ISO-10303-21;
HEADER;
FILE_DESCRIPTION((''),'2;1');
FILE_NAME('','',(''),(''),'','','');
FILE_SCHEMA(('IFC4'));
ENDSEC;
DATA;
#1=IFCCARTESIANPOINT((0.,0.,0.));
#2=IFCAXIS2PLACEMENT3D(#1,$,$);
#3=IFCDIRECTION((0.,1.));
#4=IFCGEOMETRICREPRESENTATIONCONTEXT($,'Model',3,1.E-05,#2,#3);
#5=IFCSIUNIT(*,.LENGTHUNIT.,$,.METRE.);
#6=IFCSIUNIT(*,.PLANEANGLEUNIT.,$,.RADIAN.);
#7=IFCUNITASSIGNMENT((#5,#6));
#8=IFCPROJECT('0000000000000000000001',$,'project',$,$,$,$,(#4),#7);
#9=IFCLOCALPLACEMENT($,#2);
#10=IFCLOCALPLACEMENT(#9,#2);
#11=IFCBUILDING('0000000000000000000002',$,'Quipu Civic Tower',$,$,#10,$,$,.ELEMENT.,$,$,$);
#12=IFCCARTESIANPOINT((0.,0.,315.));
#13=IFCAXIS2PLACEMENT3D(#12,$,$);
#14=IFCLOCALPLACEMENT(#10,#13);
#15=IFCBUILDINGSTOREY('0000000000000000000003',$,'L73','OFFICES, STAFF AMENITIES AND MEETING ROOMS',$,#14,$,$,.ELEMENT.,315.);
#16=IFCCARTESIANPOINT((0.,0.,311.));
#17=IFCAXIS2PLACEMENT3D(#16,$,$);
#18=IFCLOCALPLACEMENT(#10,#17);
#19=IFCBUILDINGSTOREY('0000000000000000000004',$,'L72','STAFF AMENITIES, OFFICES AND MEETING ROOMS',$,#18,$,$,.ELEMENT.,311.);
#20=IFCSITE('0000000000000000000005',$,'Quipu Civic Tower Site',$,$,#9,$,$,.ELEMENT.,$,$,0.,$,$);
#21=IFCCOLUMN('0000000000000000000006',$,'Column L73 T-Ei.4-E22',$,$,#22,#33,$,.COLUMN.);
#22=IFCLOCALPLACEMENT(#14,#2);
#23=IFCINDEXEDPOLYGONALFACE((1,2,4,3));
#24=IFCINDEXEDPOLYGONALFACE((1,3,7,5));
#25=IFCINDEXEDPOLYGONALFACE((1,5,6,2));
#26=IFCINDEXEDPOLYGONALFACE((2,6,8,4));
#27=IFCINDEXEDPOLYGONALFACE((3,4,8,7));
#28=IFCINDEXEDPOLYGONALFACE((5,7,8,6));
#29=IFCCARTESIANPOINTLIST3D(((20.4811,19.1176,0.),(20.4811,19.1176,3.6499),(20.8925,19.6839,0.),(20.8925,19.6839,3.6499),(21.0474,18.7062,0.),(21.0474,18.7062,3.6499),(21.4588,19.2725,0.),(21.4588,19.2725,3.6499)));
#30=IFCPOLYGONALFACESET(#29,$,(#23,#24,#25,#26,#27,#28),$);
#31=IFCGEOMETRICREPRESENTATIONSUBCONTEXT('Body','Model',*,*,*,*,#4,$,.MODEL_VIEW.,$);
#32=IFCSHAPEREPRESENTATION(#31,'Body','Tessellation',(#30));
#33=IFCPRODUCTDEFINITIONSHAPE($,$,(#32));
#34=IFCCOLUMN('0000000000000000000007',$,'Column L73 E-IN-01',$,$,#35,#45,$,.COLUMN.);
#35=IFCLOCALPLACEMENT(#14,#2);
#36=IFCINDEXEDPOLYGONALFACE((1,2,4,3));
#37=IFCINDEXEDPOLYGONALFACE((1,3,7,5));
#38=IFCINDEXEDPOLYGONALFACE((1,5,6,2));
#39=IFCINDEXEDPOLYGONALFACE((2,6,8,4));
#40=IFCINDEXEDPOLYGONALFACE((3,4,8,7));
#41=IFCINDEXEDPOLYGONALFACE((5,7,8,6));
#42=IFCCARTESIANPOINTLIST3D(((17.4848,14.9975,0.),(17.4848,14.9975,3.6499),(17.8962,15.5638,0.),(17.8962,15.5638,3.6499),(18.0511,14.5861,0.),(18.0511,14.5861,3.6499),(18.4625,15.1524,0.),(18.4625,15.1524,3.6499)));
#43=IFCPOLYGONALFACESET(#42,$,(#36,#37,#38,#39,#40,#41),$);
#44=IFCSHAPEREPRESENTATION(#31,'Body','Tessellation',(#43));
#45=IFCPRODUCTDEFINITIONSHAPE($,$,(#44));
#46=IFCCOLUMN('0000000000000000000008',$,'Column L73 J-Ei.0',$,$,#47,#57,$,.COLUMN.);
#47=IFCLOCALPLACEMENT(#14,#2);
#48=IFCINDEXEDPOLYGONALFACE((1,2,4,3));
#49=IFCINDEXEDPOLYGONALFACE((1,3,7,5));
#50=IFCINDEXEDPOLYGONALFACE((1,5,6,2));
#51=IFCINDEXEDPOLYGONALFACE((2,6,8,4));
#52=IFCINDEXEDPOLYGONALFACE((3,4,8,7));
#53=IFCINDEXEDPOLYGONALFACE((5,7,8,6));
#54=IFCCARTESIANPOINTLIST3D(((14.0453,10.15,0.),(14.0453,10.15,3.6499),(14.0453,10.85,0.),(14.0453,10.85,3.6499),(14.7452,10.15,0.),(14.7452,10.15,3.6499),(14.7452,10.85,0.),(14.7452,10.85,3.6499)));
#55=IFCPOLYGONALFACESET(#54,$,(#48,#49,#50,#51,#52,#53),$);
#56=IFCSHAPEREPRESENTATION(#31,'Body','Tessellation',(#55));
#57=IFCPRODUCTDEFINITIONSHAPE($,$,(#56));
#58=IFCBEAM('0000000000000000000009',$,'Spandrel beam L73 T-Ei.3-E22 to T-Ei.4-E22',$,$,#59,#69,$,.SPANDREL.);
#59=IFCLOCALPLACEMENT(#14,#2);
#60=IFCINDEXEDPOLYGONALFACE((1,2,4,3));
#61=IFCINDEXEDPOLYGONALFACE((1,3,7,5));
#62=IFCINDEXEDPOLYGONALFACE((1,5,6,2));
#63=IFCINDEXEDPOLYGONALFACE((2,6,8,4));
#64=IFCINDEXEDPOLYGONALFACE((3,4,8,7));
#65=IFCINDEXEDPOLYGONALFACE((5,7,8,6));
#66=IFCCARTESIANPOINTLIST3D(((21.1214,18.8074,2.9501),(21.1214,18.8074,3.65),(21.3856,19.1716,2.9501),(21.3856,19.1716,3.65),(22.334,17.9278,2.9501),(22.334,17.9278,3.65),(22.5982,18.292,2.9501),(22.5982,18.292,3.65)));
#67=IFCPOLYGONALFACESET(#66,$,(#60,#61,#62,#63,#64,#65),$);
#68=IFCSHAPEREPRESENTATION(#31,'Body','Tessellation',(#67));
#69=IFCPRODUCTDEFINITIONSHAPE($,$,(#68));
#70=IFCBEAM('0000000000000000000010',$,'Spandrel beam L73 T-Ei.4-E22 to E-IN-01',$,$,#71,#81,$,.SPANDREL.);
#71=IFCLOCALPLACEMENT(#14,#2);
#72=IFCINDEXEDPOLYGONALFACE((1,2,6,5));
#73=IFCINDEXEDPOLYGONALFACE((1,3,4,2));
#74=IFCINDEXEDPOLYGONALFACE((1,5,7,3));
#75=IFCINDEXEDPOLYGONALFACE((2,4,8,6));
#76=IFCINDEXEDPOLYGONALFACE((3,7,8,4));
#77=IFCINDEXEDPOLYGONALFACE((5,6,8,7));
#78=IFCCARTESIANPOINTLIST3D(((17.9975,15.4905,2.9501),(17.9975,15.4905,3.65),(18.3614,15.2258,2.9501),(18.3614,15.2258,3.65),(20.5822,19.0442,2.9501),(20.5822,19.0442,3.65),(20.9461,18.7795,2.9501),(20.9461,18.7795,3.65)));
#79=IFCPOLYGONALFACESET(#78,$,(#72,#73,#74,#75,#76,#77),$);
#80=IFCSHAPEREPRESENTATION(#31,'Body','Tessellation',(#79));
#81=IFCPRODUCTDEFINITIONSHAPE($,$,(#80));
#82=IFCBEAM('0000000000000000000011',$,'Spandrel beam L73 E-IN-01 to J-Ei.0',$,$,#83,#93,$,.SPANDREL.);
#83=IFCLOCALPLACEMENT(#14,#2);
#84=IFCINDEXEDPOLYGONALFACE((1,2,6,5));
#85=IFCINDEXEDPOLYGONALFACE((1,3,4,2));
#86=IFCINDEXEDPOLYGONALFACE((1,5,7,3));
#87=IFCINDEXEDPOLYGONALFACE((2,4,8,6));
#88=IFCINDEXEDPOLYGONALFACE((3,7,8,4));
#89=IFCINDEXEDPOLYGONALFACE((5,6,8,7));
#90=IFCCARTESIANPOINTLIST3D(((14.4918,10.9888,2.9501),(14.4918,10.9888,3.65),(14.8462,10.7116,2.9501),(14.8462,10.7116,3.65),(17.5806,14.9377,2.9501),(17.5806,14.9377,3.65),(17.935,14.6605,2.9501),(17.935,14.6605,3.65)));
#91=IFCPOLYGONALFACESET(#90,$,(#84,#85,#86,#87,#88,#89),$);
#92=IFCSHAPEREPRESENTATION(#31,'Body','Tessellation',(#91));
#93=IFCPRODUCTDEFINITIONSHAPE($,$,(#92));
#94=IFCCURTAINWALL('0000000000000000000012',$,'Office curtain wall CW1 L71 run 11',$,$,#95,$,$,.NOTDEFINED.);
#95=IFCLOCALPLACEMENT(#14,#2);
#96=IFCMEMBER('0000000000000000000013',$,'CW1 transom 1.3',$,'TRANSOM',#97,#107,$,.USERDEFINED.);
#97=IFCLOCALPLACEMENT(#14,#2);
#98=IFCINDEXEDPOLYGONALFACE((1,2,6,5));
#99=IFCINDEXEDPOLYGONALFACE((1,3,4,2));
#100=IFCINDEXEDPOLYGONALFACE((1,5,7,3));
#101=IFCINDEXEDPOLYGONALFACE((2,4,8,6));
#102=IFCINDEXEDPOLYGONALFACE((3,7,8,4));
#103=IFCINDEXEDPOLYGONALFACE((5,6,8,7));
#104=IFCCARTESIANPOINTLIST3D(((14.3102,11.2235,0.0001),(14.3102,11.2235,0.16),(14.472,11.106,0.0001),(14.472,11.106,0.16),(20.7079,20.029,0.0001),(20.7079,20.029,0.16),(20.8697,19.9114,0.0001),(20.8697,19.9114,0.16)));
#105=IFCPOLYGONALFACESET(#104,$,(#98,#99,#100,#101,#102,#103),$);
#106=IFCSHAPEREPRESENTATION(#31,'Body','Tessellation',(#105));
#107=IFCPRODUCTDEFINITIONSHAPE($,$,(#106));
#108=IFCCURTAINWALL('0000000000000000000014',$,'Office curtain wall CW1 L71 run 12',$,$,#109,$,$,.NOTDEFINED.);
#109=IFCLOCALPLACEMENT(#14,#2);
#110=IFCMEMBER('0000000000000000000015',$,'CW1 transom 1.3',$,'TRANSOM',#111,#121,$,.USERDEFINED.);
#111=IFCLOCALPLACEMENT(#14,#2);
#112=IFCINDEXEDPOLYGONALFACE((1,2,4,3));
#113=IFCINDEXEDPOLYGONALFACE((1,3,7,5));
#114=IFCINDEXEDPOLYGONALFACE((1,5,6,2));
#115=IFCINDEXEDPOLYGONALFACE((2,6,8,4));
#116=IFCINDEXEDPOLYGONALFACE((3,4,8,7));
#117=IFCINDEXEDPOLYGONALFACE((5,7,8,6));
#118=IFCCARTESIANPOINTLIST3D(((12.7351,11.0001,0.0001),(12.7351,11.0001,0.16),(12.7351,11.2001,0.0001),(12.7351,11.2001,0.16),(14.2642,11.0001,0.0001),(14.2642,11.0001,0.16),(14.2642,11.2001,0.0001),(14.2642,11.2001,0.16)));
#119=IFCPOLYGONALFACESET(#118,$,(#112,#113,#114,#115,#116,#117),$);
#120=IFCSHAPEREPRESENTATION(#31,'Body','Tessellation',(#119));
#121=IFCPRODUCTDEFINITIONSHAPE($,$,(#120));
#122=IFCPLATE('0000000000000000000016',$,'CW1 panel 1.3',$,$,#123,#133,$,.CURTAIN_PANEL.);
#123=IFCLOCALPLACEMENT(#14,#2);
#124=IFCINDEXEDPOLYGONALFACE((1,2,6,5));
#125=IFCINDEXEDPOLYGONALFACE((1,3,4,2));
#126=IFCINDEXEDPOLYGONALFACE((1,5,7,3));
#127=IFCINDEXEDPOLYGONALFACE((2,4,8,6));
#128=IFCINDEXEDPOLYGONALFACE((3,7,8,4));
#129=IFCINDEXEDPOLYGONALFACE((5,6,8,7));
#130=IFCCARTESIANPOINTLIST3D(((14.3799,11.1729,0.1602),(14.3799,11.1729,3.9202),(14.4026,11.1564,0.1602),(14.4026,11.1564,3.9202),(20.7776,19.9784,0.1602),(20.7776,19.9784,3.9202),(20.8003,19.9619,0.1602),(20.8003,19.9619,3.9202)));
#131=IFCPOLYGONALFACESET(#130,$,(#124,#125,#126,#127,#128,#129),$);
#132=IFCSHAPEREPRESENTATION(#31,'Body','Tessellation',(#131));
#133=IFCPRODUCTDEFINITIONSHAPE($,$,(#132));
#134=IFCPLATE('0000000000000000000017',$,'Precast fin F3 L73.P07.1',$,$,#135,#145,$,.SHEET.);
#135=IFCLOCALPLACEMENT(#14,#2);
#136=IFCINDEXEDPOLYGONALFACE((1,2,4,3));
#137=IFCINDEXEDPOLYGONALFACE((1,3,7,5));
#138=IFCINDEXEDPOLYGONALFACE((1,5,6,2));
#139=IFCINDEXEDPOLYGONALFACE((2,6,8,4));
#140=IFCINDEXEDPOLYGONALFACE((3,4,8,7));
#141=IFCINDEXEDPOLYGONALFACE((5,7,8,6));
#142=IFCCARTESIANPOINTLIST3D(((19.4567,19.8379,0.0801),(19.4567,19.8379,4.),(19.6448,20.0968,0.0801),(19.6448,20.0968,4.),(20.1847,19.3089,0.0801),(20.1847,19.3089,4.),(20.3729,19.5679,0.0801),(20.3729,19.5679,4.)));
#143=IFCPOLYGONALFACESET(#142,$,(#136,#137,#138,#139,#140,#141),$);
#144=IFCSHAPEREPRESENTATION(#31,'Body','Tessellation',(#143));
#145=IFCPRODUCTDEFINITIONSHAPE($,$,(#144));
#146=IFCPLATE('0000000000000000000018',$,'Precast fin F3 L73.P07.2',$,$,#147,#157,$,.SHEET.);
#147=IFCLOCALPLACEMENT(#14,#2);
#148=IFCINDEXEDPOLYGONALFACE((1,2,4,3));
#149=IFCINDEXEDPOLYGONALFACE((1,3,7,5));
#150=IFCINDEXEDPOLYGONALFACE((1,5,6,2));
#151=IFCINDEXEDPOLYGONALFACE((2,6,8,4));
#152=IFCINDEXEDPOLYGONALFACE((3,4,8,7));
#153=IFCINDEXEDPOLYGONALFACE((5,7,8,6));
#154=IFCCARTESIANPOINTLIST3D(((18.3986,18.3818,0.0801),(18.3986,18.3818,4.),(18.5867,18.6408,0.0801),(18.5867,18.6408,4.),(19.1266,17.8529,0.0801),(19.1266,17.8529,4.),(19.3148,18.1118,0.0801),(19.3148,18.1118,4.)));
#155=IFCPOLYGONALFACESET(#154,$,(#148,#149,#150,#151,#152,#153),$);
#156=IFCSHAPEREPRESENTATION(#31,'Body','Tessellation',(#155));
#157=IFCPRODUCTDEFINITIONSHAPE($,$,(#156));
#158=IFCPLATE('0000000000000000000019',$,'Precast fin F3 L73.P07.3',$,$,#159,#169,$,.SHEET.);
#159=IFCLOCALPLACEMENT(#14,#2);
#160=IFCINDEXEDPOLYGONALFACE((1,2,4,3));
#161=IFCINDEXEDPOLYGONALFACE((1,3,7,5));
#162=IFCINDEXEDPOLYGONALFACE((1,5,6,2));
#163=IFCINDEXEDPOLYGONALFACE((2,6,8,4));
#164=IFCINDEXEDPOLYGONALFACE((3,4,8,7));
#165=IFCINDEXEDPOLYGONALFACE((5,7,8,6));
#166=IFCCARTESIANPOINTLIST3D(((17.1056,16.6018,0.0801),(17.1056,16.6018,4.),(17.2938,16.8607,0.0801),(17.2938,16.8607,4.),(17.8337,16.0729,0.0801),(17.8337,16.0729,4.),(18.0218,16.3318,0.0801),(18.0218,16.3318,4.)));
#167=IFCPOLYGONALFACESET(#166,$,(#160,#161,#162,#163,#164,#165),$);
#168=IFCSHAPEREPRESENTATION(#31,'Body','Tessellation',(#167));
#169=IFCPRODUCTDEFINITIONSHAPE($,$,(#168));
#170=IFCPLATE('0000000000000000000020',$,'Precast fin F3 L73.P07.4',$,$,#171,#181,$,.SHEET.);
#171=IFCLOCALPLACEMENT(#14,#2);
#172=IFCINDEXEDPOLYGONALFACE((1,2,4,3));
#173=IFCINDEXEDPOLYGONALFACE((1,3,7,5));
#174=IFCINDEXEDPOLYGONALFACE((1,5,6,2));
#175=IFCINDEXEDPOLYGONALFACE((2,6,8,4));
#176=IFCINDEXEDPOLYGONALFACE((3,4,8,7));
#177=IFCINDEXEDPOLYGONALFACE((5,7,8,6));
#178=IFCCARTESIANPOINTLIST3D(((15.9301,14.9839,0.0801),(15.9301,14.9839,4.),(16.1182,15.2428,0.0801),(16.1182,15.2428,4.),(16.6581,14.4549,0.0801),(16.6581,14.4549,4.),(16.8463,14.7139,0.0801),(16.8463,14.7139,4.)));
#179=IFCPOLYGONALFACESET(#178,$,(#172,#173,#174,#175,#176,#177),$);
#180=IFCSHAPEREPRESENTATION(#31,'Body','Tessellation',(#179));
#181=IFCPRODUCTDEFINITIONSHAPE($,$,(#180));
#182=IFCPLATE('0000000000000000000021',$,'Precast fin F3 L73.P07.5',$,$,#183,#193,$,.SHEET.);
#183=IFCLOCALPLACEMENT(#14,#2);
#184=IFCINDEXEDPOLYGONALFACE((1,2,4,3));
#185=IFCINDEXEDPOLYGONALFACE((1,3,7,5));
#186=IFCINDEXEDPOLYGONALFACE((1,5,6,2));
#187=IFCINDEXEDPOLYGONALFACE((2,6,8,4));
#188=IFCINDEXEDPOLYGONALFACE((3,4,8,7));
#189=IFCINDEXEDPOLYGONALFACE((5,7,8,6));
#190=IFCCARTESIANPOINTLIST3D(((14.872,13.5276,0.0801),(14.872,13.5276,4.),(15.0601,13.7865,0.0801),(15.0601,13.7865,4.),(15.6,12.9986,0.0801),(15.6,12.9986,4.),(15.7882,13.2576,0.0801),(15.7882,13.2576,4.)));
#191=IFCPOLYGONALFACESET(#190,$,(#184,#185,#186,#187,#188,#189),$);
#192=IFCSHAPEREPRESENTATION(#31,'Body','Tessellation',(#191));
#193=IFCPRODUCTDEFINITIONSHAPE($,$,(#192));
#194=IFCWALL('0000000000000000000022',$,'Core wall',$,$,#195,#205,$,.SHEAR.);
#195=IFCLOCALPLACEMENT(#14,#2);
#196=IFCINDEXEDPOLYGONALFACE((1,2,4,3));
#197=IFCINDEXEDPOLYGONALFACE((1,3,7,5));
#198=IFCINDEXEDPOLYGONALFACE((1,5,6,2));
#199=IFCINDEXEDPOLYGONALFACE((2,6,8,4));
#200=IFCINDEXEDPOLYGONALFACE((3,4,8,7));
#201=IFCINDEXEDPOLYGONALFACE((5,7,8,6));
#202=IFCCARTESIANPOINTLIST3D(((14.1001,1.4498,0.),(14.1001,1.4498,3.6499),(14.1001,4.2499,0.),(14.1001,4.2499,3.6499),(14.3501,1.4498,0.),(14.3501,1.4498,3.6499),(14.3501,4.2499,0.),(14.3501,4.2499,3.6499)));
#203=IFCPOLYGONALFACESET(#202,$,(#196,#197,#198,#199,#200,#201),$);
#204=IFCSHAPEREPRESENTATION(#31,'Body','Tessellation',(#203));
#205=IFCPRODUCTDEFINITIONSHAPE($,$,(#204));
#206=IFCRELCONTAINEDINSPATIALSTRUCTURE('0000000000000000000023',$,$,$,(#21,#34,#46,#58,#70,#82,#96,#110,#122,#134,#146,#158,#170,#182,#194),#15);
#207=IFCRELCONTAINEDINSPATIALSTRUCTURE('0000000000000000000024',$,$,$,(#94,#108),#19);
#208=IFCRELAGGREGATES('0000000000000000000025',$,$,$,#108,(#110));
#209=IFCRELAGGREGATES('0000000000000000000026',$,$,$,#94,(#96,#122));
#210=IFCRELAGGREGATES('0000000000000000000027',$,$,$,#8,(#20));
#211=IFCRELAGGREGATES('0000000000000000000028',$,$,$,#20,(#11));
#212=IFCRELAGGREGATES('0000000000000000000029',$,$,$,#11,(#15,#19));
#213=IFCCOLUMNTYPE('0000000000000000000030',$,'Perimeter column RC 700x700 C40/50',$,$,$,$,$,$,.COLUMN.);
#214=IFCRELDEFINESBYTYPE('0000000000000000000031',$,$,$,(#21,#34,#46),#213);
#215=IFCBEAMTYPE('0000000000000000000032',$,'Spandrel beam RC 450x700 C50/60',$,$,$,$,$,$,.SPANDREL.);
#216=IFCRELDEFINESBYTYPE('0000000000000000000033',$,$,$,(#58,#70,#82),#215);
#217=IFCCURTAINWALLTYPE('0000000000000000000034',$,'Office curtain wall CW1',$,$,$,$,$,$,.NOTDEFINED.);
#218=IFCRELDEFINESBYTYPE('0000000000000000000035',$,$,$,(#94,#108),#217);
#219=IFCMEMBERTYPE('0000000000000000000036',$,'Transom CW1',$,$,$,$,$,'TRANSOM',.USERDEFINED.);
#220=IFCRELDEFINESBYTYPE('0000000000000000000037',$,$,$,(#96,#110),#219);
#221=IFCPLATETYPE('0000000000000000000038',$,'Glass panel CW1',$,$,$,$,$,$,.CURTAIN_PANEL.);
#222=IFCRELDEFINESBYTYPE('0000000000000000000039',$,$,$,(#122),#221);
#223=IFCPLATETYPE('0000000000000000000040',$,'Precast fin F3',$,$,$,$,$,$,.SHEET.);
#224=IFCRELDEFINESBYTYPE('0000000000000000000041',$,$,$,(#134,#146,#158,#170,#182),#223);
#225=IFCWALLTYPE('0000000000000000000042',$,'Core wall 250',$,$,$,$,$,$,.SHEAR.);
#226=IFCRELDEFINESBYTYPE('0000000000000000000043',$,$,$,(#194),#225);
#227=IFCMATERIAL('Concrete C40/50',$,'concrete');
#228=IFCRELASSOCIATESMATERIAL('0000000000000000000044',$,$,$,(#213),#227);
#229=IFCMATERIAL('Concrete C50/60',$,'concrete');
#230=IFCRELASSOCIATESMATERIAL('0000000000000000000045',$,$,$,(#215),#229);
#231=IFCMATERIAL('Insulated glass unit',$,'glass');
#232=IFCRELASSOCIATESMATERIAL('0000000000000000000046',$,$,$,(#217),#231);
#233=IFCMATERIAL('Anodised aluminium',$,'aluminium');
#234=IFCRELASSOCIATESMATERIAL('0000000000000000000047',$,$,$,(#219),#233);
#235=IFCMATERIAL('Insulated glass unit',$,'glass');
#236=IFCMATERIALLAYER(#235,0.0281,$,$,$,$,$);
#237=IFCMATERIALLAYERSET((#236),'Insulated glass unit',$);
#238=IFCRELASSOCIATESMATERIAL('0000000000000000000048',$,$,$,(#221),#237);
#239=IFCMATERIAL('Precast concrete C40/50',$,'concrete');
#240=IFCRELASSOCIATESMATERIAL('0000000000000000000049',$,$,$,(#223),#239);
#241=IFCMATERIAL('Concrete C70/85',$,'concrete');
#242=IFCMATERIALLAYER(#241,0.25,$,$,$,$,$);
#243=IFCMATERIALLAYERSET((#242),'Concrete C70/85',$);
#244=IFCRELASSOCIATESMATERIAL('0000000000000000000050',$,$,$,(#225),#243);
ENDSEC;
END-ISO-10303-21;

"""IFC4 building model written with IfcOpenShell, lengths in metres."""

from ifc_helpers import new_model, si_unit, direction, frame, frame_2d, origin, origin_2d, place, context, subcontext, project, spatial, rectangle, extrude, material, layer, layer_set, material_profile, profile_set, type_object, element, aggregate, save


model = new_model("IFC4")

# Units and contexts
model_context = context("Model", 3, precision=1e-05, world=origin(), true_north=direction((0.0, 1.0)))
body_context = subcontext(model_context, "Body", "Model", "MODEL_VIEW")
ifc_project = project(units=[si_unit("LENGTHUNIT", "METRE"), si_unit("PLANEANGLEUNIT", "RADIAN")], contexts=[model_context])

# Site, building, storey
site_placement = place(None, origin())
site = spatial("IfcSite", under=ifc_project, at=site_placement, Name="Quipu Civic Tower Site", CompositionType="ELEMENT", RefElevation=0.0)
building_placement = place(site_placement, origin())
building = spatial("IfcBuilding", under=site, at=building_placement, Name="Quipu Civic Tower", CompositionType="ELEMENT")
storey_1_placement = place(building_placement, frame((0.0, 0.0, 315.0)))
storey_1 = spatial("IfcBuildingStorey", under=building, at=storey_1_placement, Name="L73", Description="OFFICES, STAFF AMENITIES AND MEETING ROOMS", CompositionType="ELEMENT", Elevation=315.0)

# Columns
ifc_material_1 = material(Name="Concrete C40/50", Category="concrete")
ifc_material_profile_1 = material_profile(ifc_material_1, rectangle(XDim=0.7, YDim=0.7, at=origin_2d()), Name="RC700x700")
ifc_profile_set_1 = profile_set([ifc_material_profile_1], Name="Concrete C40/50")
column_type = type_object("IfcColumnType", Name="Perimeter column RC 700x700 C40/50", PredefinedType="COLUMN", material=ifc_profile_set_1)
for number, where, z_axis, x_axis, name in (
    (1, (20.97, 19.1951, 0.0), (0.0, 0.0, 1.0), (-0.587785, -0.809017, 0.0), "Column L73 T-Ei.4-E22"),
    (2, (17.9736, 15.075, 0.0), (0.0, 0.0, 1.0), (-0.587785, -0.809017, 0.0), "Column L73 E-IN-01"),
    (3, (14.3953, 10.5, 0.0), (0.0, 0.0, 1.0), (-1.0, 0.0, 0.0), "Column L73 J-Ei.0"),
):
    element("IfcColumn", number, at=place(storey_1_placement, frame(where, z_axis=z_axis, x_axis=x_axis)), inside=storey_1, type_object=column_type, Name=name, PredefinedType="COLUMN", context=body_context, shape_type="SweptSolid", body=[
        extrude(rectangle(XDim=0.7, YDim=0.7, at=origin_2d()), origin(), (0.0, 0.0, 1.0), 3.6499),
    ])

# Beams
ifc_material_2 = material(Name="Concrete C50/60", Category="concrete")
ifc_material_profile_2 = material_profile(ifc_material_2, rectangle(XDim=0.45, YDim=0.7, at=origin_2d()), Name="RC450x700")
ifc_profile_set_2 = profile_set([ifc_material_profile_2], Name="Concrete C50/60")
beam_type = type_object("IfcBeamType", Name="Spandrel beam RC 450x700 C50/60", PredefinedType="SPANDREL", material=ifc_profile_set_2)
beam_1_placement = place(storey_1_placement, frame((22.4661, 18.1099, 3.3), z_axis=(-0.809461, 0.587173, 0.0), x_axis=(-0.587173, -0.809461, 0.0)))
element("IfcBeam", 4, at=beam_1_placement, inside=storey_1, type_object=beam_type, Name="Spandrel beam L73 T-Ei.3-E22 to T-Ei.4-E22", PredefinedType="SPANDREL", context=body_context, shape_type="SweptSolid", body=[
    extrude(rectangle(XDim=0.45, YDim=0.7, at=origin_2d()), origin(), (0.0, 0.0, 1.0), 1.498),
])
beam_2_placement = place(storey_1_placement, frame((20.7642, 18.9119, 3.3), z_axis=(-0.588201, -0.808714, 0.0), x_axis=(0.808714, -0.588201, 0.0)))
element("IfcBeam", 5, at=beam_2_placement, inside=storey_1, type_object=beam_type, Name="Spandrel beam L73 T-Ei.4-E22 to E-IN-01", PredefinedType="SPANDREL", context=body_context, shape_type="SweptSolid", body=[
    extrude(rectangle(XDim=0.45, YDim=0.7, at=origin_2d()), origin(), (0.0, 0.0, 1.0), 4.3943),
])
beam_3_placement = place(storey_1_placement, frame((17.7578, 14.7991, 3.3), z_axis=(-0.616106, -0.787663, 0.0), x_axis=(0.787663, -0.616106, 0.0)))
element("IfcBeam", 6, at=beam_3_placement, inside=storey_1, type_object=beam_type, Name="Spandrel beam L73 E-IN-01 to J-Ei.0", PredefinedType="SPANDREL", context=body_context, shape_type="SweptSolid", body=[
    extrude(rectangle(XDim=0.45, YDim=0.7, at=origin_2d()), origin(), (0.0, 0.0, 1.0), 5.0134),
])

# Shared definitions
storey_2_placement = place(building_placement, frame((0.0, 0.0, 311.0)))
storey_2 = spatial("IfcBuildingStorey", under=building, at=storey_2_placement, Name="L72", Description="STAFF AMENITIES, OFFICES AND MEETING ROOMS", CompositionType="ELEMENT", Elevation=311.0)

# Curtain walls, members
ifc_material_3 = material(Name="Insulated glass unit", Category="glass")
curtain_wall_type = type_object("IfcCurtainWallType", Name="Office curtain wall CW1", PredefinedType="NOTDEFINED", material=ifc_material_3)
curtain_wall_1_placement = place(storey_2_placement, origin())
curtain_wall_1 = element("IfcCurtainWall", 7, at=curtain_wall_1_placement, inside=storey_2, type_object=curtain_wall_type, Name="Office curtain wall CW1 L71 run 11", PredefinedType="NOTDEFINED")
ifc_material_4 = material(Name="Anodised aluminium", Category="aluminium")
ifc_material_profile_3 = material_profile(ifc_material_4, rectangle(XDim=0.2, YDim=0.1599, at=origin_2d()), Name="RECT 200x160")
ifc_profile_set_3 = profile_set([ifc_material_profile_3], Name="Anodised aluminium")
member_type = type_object("IfcMemberType", Name="Transom CW1", ElementType="TRANSOM", PredefinedType="USERDEFINED", material=ifc_profile_set_3)
member_1_placement = place(storey_1_placement, frame((20.7888, 19.9702, 0.0801), z_axis=(-0.587797, -0.809009, 0.0), x_axis=(0.809009, -0.587797, 0.0)))
member_1 = element("IfcMember", 8, at=member_1_placement, inside=storey_1, type_object=member_type, Name="CW1 transom 1.3", ObjectType="TRANSOM", PredefinedType="USERDEFINED", context=body_context, shape_type="SweptSolid", body=[
    extrude(rectangle(XDim=0.2, YDim=0.1599, at=origin_2d()), origin(), (0.0, 0.0, 1.0), 10.8843),
])
curtain_wall_2_placement = place(storey_2_placement, origin())
curtain_wall_2 = element("IfcCurtainWall", 9, at=curtain_wall_2_placement, inside=storey_2, type_object=curtain_wall_type, Name="Office curtain wall CW1 L71 run 12", PredefinedType="NOTDEFINED")
member_2_placement = place(storey_1_placement, frame((14.2642, 11.1001, 0.0801), z_axis=(-1.0, 0.0, 0.0), x_axis=(0.0, -1.0, 0.0)))
member_2 = element("IfcMember", 10, at=member_2_placement, inside=storey_1, type_object=member_type, Name="CW1 transom 1.3", ObjectType="TRANSOM", PredefinedType="USERDEFINED", context=body_context, shape_type="SweptSolid", body=[
    extrude(rectangle(XDim=0.2, YDim=0.1599, at=origin_2d()), origin(), (0.0, 0.0, 1.0), 1.5291),
])
aggregate(curtain_wall_2, [member_2])

# Plate
ifc_material_5 = material(Name="Insulated glass unit", Category="glass")
ifc_layer_1 = layer(ifc_material_5, 0.0281)
ifc_layer_set_1 = layer_set([ifc_layer_1], Name="Insulated glass unit")
plate_type_1 = type_object("IfcPlateType", Name="Glass panel CW1", PredefinedType="CURTAIN_PANEL", material=ifc_layer_set_1)
plate_placement = place(storey_1_placement, frame((17.5901, 15.5674, 0.1602), z_axis=(0.0, 0.0, 1.0), x_axis=(-0.587788, -0.809015, 0.0)))
plate = element("IfcPlate", 11, at=plate_placement, inside=storey_1, type_object=plate_type_1, Name="CW1 panel 1.3", PredefinedType="CURTAIN_PANEL", context=body_context, shape_type="SweptSolid", body=[
    extrude(rectangle(XDim=10.8843, YDim=0.0281, at=origin_2d()), origin(), (0.0, 0.0, 1.0), 3.76),
])
aggregate(curtain_wall_1, [member_1, plate])

# Plates
ifc_material_6 = material(Name="Precast concrete C40/50", Category="concrete")
plate_type_2 = type_object("IfcPlateType", Name="Precast fin F3", PredefinedType="SHEET", material=ifc_material_6)
for number, where, z_axis, x_axis, name in (
    (12, (19.9148, 19.7029, 0.0801), (0.0, 0.0, 1.0), (-0.587784, -0.809018, 0.0), "Precast fin F3 L73.P07.1"),
    (13, (18.8567, 18.2468, 0.0801), (0.0, 0.0, 1.0), (-0.587784, -0.809018, 0.0), "Precast fin F3 L73.P07.2"),
    (14, (17.5637, 16.4668, 0.0801), (0.0, 0.0, 1.0), (-0.587784, -0.809018, 0.0), "Precast fin F3 L73.P07.3"),
    (15, (16.3882, 14.8489, 0.0801), (0.0, 0.0, 1.0), (-0.587784, -0.809018, 0.0), "Precast fin F3 L73.P07.4"),
    (16, (15.3301, 13.3926, 0.0801), (0.0, 0.0, 1.0), (-0.587784, -0.809018, 0.0), "Precast fin F3 L73.P07.5"),
):
    element("IfcPlate", number, at=place(storey_1_placement, frame(where, z_axis=z_axis, x_axis=x_axis)), inside=storey_1, type_object=plate_type_2, Name=name, PredefinedType="SHEET", context=body_context, shape_type="SweptSolid", body=[
        extrude(rectangle(XDim=0.3201, YDim=0.8999, at=origin_2d()), origin(), (0.0, 0.0, 1.0), 3.9199),
    ])

# Wall
ifc_material_7 = material(Name="Concrete C70/85", Category="concrete")
ifc_layer_2 = layer(ifc_material_7, 0.25)
ifc_layer_set_2 = layer_set([ifc_layer_2], Name="Concrete C70/85")
wall_type_1 = type_object("IfcWallType", Name="Core wall 250", PredefinedType="SHEAR", material=ifc_layer_set_2)
for number, where, z_axis, x_axis, name in (
    (17, (14.2251, 1.45, 0.0), (0.0, 0.0, 1.0), (0.0, 1.0, 0.0), "Core wall"),
):
    element("IfcWall", number, at=place(storey_1_placement, frame(where, z_axis=z_axis, x_axis=x_axis)), inside=storey_1, type_object=wall_type_1, Name=name, PredefinedType="SHEAR", context=body_context, shape_type="SweptSolid", body=[
        extrude(rectangle(XDim=2.8, YDim=0.25, at=frame_2d((1.3999, 0.0))), origin(), (0.0, 0.0, 1.0), 3.6499),
    ])

save(model, "model.ifc")
